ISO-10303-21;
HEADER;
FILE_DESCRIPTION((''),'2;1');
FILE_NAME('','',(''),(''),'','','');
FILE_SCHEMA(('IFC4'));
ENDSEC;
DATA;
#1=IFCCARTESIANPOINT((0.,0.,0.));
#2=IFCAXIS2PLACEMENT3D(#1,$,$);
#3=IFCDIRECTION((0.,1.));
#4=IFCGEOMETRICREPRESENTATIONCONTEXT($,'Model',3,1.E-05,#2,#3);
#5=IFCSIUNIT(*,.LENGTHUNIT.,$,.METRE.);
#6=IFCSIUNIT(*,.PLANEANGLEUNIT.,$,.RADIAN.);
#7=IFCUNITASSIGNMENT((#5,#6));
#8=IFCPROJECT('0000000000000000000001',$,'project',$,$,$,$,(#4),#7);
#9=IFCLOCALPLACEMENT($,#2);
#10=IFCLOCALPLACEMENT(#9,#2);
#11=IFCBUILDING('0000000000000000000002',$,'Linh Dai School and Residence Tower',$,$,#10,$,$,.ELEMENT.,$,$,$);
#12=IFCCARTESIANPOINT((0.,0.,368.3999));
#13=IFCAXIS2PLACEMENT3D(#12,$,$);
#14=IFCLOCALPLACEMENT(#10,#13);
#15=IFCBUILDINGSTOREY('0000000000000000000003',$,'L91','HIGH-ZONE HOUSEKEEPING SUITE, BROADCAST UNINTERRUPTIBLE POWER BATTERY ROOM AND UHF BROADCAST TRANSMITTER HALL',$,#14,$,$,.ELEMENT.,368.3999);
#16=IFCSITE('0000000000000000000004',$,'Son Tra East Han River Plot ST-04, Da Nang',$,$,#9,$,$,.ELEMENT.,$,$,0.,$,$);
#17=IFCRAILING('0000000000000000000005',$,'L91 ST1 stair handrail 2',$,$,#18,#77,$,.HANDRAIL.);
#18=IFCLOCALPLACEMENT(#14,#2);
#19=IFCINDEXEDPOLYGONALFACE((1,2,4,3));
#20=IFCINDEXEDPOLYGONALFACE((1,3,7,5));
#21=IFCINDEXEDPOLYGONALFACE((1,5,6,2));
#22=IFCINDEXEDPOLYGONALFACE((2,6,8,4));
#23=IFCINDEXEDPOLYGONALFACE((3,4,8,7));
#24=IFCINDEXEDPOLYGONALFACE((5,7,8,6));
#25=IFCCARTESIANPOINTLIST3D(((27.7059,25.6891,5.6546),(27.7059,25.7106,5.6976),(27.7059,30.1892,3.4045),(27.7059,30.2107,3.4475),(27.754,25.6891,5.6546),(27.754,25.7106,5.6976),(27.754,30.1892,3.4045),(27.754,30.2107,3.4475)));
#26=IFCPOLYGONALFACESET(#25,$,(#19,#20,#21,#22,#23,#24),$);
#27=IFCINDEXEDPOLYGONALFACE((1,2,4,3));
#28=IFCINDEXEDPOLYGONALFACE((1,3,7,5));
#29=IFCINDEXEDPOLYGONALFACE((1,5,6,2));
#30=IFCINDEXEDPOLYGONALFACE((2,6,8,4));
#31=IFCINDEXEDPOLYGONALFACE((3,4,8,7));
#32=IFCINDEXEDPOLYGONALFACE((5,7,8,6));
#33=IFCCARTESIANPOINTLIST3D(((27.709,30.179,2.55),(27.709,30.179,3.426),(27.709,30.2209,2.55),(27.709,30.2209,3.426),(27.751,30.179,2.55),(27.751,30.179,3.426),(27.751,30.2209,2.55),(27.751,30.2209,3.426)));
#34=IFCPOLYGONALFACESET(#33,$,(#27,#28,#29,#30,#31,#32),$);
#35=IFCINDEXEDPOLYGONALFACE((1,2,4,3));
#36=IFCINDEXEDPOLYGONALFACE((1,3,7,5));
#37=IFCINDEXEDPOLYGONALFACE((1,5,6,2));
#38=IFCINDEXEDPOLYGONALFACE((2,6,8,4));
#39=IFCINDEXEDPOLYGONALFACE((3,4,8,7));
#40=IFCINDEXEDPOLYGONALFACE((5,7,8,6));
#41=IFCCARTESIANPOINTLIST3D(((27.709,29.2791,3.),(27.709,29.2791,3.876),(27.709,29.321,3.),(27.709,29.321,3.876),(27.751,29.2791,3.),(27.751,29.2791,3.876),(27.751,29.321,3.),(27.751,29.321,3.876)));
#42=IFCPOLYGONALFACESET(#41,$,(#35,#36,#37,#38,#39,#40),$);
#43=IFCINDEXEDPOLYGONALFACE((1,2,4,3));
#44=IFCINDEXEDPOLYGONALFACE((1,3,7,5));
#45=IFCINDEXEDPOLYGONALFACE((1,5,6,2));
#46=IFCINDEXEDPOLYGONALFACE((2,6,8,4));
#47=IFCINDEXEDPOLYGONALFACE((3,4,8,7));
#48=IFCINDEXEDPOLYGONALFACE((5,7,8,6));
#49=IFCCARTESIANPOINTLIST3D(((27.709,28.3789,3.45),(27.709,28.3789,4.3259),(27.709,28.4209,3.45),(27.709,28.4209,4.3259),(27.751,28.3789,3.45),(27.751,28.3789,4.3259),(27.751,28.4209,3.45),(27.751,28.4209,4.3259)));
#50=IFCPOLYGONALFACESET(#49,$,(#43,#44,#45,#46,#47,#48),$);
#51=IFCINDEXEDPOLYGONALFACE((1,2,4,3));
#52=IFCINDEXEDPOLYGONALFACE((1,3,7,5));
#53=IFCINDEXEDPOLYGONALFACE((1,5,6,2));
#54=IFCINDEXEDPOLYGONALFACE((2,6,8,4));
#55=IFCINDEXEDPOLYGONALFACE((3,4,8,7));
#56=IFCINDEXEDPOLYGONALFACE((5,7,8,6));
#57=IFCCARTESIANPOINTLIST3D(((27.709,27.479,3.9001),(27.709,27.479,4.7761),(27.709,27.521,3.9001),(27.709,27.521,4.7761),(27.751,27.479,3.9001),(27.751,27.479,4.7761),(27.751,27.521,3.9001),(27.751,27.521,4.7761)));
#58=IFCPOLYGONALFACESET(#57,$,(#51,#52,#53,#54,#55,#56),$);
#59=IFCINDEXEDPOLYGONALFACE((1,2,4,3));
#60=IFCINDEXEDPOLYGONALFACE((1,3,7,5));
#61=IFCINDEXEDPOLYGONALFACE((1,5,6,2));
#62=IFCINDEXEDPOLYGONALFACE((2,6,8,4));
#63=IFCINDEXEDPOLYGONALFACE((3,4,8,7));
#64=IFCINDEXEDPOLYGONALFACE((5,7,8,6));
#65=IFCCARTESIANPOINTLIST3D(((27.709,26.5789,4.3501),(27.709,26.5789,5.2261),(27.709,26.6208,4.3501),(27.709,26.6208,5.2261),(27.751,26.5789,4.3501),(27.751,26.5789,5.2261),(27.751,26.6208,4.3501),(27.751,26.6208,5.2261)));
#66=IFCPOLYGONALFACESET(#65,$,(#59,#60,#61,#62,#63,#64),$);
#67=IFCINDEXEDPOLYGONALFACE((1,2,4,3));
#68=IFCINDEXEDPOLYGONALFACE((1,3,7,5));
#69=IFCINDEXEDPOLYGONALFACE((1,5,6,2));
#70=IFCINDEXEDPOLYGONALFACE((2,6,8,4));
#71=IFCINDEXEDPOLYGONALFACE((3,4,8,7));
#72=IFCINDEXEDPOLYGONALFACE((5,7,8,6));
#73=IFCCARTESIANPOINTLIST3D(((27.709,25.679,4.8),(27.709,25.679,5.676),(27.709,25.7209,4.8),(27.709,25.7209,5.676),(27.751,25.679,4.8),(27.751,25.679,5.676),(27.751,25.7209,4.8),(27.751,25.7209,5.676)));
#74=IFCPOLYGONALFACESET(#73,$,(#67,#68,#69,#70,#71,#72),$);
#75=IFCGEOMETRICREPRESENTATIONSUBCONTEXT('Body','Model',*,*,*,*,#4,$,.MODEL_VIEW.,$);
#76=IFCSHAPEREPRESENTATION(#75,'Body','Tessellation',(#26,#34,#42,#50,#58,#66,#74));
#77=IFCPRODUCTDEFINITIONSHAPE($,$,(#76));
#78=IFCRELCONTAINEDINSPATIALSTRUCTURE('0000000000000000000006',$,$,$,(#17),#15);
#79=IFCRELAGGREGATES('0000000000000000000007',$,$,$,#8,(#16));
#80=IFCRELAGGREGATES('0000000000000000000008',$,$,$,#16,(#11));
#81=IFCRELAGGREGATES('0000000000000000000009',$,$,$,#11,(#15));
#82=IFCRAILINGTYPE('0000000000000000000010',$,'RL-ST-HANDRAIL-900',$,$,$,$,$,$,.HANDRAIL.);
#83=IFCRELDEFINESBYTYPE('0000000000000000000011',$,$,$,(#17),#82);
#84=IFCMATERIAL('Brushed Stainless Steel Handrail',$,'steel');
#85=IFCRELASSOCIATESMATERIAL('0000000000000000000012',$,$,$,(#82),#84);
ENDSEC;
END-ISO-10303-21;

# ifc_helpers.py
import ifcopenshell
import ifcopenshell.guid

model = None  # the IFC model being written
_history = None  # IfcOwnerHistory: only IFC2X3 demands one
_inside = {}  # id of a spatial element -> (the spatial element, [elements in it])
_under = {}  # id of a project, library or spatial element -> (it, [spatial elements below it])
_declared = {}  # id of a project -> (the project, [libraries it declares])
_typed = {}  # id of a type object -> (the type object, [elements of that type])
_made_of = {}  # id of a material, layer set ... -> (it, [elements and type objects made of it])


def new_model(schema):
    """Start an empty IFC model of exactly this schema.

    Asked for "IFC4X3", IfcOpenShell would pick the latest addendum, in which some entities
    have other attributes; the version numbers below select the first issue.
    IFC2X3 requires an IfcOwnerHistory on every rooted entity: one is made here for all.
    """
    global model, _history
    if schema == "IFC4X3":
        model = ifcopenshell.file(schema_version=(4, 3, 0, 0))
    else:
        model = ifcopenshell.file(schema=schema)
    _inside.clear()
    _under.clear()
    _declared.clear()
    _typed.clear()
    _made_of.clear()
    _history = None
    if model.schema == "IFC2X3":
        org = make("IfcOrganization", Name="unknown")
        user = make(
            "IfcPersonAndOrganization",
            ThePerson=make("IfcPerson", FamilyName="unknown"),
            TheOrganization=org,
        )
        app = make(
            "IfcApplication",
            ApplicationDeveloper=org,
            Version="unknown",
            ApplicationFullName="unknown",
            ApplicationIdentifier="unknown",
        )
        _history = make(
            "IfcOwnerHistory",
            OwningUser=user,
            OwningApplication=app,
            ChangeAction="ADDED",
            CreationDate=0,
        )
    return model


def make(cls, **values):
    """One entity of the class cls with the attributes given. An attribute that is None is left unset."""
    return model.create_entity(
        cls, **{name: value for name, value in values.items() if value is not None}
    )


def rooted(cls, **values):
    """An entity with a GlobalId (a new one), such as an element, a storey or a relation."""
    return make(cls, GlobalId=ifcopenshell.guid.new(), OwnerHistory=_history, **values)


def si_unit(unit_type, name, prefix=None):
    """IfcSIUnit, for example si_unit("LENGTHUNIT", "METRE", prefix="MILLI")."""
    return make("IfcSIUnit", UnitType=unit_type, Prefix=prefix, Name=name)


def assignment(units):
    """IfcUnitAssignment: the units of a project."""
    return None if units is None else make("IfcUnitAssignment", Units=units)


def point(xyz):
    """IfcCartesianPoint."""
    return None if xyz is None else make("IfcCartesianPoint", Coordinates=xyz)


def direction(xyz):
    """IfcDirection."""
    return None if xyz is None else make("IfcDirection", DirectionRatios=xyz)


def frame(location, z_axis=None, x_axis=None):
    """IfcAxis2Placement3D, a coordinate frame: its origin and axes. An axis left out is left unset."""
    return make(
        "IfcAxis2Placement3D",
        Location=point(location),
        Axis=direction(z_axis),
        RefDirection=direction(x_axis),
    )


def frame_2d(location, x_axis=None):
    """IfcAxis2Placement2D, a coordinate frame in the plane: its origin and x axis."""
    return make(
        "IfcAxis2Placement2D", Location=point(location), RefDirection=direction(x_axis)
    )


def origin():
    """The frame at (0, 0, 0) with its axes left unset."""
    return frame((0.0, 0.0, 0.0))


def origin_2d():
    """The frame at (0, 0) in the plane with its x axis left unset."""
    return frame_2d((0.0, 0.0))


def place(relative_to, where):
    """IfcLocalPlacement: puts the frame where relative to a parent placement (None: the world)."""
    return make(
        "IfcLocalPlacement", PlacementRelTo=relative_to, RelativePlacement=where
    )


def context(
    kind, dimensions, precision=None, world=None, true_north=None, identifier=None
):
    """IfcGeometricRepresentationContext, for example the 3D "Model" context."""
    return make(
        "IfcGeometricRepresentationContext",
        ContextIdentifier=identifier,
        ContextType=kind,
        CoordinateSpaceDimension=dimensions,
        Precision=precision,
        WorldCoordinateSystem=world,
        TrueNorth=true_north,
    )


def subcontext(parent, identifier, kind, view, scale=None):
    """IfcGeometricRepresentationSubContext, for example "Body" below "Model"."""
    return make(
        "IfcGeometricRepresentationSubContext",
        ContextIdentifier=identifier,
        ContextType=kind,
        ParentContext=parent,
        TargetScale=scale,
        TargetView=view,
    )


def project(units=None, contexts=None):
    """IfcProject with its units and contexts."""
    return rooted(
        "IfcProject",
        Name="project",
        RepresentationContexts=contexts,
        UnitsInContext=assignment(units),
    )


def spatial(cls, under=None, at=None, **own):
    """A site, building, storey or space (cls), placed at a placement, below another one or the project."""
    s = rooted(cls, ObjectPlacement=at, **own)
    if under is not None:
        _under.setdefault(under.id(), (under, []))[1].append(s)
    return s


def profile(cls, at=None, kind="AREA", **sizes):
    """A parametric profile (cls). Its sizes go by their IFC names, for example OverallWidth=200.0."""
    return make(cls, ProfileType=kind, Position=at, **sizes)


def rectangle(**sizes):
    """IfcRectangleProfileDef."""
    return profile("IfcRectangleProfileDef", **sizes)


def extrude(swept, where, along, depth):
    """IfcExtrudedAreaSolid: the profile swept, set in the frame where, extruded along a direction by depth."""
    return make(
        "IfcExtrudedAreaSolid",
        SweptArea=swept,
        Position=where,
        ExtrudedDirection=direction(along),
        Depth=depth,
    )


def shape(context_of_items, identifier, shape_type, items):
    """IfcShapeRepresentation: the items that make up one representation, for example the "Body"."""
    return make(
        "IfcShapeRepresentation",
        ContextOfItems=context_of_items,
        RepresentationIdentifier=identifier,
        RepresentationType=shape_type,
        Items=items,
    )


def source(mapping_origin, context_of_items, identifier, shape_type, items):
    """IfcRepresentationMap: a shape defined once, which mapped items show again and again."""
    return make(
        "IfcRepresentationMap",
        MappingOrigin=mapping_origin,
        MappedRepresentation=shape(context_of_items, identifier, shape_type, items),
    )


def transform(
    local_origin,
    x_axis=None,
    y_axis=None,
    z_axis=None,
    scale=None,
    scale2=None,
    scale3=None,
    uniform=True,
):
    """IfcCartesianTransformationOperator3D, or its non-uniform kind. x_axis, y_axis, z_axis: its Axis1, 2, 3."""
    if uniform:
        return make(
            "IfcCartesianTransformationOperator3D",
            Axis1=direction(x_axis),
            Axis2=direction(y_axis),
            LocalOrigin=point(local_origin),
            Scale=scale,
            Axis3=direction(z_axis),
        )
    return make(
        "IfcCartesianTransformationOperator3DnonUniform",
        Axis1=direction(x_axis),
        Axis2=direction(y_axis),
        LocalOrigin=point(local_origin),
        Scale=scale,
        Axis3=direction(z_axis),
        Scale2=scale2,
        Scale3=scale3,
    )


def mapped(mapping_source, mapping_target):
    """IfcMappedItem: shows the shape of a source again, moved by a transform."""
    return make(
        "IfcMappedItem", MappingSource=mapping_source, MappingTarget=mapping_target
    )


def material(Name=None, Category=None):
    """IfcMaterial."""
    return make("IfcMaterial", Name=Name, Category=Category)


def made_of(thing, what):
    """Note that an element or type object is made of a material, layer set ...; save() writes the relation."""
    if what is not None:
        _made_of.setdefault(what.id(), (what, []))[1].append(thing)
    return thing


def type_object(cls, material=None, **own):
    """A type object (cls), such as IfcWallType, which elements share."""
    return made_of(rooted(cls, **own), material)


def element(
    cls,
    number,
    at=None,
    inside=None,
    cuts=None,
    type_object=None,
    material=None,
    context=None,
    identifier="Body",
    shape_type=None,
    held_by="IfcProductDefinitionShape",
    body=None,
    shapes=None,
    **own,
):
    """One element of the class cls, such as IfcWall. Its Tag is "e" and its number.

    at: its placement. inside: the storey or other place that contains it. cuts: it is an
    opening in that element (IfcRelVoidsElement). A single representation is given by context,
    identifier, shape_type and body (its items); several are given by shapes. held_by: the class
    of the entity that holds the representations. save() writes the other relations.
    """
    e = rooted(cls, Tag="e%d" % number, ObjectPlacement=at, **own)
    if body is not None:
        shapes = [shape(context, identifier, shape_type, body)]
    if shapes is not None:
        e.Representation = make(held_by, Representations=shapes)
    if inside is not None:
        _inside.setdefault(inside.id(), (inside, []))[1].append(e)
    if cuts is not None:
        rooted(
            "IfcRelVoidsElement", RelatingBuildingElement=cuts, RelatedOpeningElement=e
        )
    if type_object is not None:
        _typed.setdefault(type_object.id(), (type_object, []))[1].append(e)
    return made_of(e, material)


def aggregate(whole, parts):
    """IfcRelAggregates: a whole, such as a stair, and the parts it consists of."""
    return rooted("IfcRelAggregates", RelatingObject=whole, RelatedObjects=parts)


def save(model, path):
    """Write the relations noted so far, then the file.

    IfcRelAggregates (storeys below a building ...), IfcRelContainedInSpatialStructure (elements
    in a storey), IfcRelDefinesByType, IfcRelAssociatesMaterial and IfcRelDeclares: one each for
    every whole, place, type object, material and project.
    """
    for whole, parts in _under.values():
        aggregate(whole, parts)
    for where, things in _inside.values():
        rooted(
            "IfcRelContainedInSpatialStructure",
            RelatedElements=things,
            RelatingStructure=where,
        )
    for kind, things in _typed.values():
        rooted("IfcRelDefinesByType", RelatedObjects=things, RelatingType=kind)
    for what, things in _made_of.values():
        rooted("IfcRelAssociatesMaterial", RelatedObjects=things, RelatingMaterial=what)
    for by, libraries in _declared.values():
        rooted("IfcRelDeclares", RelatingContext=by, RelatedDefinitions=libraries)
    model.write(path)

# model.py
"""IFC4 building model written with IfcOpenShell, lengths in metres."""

from ifc_helpers import new_model, si_unit, direction, frame, origin, origin_2d, place, context, subcontext, project, spatial, rectangle, extrude, source, transform, mapped, material, type_object, element, save


model = new_model("IFC4")

# Units and contexts
model_context = context("Model", 3, precision=1e-05, world=origin(), true_north=direction((0.0, 1.0)))
body_context = subcontext(model_context, "Body", "Model", "MODEL_VIEW")
ifc_project = project(units=[si_unit("LENGTHUNIT", "METRE"), si_unit("PLANEANGLEUNIT", "RADIAN")], contexts=[model_context])

# Site, building, storey
site_placement = place(None, origin())
site = spatial("IfcSite", under=ifc_project, at=site_placement, Name="Son Tra East Han River Plot ST-04, Da Nang", CompositionType="ELEMENT", RefElevation=0.0)
building_placement = place(site_placement, origin())
building = spatial("IfcBuilding", under=site, at=building_placement, Name="Linh Dai School and Residence Tower", CompositionType="ELEMENT")
storey_placement = place(building_placement, frame((0.0, 0.0, 368.3999)))
storey = spatial("IfcBuildingStorey", under=building, at=storey_placement, Name="L91", Description="HIGH-ZONE HOUSEKEEPING SUITE, BROADCAST UNINTERRUPTIBLE POWER BATTERY ROOM AND UHF BROADCAST TRANSMITTER HALL", CompositionType="ELEMENT", Elevation=368.3999)

# Railing
ifc_material_1 = material(Name="Brushed Stainless Steel Handrail", Category="steel")
railing_type_1 = type_object("IfcRailingType", Name="RL-ST-HANDRAIL-900", PredefinedType="HANDRAIL", material=ifc_material_1)
shared_shape_1 = source(origin(), body_context, "Body", "SweptSolid", [
    extrude(rectangle(XDim=0.0481, YDim=0.0481, at=origin_2d()), frame((0.0, 0.0, 0.876), z_axis=(0.0, -0.894427, 0.447214), x_axis=(1.0, 0.0, 0.0)), (0.0, 0.0, 1.0), 5.0312),
    extrude(rectangle(XDim=0.042, YDim=0.042, at=origin_2d()), origin(), (0.0, 0.0, 1.0), 0.876),
    extrude(rectangle(XDim=0.042, YDim=0.042, at=origin_2d()), frame((0.0, -0.8999, 0.45)), (0.0, 0.0, 1.0), 0.876),
    extrude(rectangle(XDim=0.042, YDim=0.042, at=origin_2d()), frame((0.0, -1.8, 0.8999)), (0.0, 0.0, 1.0), 0.876),
    extrude(rectangle(XDim=0.042, YDim=0.042, at=origin_2d()), frame((0.0, -2.7, 1.3501)), (0.0, 0.0, 1.0), 0.876),
    extrude(rectangle(XDim=0.042, YDim=0.042, at=origin_2d()), frame((0.0, -3.6001, 1.8)), (0.0, 0.0, 1.0), 0.876),
    extrude(rectangle(XDim=0.042, YDim=0.042, at=origin_2d()), frame((0.0, -4.5, 2.25)), (0.0, 0.0, 1.0), 0.876),
])
railing_1_placement = place(storey_placement, frame((27.73, 30.2, 2.55)))
element("IfcRailing", 1, at=railing_1_placement, inside=storey, type_object=railing_type_1, Name="L91 ST1 stair handrail 2", PredefinedType="HANDRAIL", context=body_context, shape_type="MappedRepresentation", body=[
    mapped(shared_shape_1, transform((0.0, 0.0, 0.0), x_axis=(1.0, 0.0, 0.0), y_axis=(0.0, 1.0, 0.0), z_axis=(0.0, 0.0, 1.0), scale=1.0)),
])

save(model, "model.ifc")
